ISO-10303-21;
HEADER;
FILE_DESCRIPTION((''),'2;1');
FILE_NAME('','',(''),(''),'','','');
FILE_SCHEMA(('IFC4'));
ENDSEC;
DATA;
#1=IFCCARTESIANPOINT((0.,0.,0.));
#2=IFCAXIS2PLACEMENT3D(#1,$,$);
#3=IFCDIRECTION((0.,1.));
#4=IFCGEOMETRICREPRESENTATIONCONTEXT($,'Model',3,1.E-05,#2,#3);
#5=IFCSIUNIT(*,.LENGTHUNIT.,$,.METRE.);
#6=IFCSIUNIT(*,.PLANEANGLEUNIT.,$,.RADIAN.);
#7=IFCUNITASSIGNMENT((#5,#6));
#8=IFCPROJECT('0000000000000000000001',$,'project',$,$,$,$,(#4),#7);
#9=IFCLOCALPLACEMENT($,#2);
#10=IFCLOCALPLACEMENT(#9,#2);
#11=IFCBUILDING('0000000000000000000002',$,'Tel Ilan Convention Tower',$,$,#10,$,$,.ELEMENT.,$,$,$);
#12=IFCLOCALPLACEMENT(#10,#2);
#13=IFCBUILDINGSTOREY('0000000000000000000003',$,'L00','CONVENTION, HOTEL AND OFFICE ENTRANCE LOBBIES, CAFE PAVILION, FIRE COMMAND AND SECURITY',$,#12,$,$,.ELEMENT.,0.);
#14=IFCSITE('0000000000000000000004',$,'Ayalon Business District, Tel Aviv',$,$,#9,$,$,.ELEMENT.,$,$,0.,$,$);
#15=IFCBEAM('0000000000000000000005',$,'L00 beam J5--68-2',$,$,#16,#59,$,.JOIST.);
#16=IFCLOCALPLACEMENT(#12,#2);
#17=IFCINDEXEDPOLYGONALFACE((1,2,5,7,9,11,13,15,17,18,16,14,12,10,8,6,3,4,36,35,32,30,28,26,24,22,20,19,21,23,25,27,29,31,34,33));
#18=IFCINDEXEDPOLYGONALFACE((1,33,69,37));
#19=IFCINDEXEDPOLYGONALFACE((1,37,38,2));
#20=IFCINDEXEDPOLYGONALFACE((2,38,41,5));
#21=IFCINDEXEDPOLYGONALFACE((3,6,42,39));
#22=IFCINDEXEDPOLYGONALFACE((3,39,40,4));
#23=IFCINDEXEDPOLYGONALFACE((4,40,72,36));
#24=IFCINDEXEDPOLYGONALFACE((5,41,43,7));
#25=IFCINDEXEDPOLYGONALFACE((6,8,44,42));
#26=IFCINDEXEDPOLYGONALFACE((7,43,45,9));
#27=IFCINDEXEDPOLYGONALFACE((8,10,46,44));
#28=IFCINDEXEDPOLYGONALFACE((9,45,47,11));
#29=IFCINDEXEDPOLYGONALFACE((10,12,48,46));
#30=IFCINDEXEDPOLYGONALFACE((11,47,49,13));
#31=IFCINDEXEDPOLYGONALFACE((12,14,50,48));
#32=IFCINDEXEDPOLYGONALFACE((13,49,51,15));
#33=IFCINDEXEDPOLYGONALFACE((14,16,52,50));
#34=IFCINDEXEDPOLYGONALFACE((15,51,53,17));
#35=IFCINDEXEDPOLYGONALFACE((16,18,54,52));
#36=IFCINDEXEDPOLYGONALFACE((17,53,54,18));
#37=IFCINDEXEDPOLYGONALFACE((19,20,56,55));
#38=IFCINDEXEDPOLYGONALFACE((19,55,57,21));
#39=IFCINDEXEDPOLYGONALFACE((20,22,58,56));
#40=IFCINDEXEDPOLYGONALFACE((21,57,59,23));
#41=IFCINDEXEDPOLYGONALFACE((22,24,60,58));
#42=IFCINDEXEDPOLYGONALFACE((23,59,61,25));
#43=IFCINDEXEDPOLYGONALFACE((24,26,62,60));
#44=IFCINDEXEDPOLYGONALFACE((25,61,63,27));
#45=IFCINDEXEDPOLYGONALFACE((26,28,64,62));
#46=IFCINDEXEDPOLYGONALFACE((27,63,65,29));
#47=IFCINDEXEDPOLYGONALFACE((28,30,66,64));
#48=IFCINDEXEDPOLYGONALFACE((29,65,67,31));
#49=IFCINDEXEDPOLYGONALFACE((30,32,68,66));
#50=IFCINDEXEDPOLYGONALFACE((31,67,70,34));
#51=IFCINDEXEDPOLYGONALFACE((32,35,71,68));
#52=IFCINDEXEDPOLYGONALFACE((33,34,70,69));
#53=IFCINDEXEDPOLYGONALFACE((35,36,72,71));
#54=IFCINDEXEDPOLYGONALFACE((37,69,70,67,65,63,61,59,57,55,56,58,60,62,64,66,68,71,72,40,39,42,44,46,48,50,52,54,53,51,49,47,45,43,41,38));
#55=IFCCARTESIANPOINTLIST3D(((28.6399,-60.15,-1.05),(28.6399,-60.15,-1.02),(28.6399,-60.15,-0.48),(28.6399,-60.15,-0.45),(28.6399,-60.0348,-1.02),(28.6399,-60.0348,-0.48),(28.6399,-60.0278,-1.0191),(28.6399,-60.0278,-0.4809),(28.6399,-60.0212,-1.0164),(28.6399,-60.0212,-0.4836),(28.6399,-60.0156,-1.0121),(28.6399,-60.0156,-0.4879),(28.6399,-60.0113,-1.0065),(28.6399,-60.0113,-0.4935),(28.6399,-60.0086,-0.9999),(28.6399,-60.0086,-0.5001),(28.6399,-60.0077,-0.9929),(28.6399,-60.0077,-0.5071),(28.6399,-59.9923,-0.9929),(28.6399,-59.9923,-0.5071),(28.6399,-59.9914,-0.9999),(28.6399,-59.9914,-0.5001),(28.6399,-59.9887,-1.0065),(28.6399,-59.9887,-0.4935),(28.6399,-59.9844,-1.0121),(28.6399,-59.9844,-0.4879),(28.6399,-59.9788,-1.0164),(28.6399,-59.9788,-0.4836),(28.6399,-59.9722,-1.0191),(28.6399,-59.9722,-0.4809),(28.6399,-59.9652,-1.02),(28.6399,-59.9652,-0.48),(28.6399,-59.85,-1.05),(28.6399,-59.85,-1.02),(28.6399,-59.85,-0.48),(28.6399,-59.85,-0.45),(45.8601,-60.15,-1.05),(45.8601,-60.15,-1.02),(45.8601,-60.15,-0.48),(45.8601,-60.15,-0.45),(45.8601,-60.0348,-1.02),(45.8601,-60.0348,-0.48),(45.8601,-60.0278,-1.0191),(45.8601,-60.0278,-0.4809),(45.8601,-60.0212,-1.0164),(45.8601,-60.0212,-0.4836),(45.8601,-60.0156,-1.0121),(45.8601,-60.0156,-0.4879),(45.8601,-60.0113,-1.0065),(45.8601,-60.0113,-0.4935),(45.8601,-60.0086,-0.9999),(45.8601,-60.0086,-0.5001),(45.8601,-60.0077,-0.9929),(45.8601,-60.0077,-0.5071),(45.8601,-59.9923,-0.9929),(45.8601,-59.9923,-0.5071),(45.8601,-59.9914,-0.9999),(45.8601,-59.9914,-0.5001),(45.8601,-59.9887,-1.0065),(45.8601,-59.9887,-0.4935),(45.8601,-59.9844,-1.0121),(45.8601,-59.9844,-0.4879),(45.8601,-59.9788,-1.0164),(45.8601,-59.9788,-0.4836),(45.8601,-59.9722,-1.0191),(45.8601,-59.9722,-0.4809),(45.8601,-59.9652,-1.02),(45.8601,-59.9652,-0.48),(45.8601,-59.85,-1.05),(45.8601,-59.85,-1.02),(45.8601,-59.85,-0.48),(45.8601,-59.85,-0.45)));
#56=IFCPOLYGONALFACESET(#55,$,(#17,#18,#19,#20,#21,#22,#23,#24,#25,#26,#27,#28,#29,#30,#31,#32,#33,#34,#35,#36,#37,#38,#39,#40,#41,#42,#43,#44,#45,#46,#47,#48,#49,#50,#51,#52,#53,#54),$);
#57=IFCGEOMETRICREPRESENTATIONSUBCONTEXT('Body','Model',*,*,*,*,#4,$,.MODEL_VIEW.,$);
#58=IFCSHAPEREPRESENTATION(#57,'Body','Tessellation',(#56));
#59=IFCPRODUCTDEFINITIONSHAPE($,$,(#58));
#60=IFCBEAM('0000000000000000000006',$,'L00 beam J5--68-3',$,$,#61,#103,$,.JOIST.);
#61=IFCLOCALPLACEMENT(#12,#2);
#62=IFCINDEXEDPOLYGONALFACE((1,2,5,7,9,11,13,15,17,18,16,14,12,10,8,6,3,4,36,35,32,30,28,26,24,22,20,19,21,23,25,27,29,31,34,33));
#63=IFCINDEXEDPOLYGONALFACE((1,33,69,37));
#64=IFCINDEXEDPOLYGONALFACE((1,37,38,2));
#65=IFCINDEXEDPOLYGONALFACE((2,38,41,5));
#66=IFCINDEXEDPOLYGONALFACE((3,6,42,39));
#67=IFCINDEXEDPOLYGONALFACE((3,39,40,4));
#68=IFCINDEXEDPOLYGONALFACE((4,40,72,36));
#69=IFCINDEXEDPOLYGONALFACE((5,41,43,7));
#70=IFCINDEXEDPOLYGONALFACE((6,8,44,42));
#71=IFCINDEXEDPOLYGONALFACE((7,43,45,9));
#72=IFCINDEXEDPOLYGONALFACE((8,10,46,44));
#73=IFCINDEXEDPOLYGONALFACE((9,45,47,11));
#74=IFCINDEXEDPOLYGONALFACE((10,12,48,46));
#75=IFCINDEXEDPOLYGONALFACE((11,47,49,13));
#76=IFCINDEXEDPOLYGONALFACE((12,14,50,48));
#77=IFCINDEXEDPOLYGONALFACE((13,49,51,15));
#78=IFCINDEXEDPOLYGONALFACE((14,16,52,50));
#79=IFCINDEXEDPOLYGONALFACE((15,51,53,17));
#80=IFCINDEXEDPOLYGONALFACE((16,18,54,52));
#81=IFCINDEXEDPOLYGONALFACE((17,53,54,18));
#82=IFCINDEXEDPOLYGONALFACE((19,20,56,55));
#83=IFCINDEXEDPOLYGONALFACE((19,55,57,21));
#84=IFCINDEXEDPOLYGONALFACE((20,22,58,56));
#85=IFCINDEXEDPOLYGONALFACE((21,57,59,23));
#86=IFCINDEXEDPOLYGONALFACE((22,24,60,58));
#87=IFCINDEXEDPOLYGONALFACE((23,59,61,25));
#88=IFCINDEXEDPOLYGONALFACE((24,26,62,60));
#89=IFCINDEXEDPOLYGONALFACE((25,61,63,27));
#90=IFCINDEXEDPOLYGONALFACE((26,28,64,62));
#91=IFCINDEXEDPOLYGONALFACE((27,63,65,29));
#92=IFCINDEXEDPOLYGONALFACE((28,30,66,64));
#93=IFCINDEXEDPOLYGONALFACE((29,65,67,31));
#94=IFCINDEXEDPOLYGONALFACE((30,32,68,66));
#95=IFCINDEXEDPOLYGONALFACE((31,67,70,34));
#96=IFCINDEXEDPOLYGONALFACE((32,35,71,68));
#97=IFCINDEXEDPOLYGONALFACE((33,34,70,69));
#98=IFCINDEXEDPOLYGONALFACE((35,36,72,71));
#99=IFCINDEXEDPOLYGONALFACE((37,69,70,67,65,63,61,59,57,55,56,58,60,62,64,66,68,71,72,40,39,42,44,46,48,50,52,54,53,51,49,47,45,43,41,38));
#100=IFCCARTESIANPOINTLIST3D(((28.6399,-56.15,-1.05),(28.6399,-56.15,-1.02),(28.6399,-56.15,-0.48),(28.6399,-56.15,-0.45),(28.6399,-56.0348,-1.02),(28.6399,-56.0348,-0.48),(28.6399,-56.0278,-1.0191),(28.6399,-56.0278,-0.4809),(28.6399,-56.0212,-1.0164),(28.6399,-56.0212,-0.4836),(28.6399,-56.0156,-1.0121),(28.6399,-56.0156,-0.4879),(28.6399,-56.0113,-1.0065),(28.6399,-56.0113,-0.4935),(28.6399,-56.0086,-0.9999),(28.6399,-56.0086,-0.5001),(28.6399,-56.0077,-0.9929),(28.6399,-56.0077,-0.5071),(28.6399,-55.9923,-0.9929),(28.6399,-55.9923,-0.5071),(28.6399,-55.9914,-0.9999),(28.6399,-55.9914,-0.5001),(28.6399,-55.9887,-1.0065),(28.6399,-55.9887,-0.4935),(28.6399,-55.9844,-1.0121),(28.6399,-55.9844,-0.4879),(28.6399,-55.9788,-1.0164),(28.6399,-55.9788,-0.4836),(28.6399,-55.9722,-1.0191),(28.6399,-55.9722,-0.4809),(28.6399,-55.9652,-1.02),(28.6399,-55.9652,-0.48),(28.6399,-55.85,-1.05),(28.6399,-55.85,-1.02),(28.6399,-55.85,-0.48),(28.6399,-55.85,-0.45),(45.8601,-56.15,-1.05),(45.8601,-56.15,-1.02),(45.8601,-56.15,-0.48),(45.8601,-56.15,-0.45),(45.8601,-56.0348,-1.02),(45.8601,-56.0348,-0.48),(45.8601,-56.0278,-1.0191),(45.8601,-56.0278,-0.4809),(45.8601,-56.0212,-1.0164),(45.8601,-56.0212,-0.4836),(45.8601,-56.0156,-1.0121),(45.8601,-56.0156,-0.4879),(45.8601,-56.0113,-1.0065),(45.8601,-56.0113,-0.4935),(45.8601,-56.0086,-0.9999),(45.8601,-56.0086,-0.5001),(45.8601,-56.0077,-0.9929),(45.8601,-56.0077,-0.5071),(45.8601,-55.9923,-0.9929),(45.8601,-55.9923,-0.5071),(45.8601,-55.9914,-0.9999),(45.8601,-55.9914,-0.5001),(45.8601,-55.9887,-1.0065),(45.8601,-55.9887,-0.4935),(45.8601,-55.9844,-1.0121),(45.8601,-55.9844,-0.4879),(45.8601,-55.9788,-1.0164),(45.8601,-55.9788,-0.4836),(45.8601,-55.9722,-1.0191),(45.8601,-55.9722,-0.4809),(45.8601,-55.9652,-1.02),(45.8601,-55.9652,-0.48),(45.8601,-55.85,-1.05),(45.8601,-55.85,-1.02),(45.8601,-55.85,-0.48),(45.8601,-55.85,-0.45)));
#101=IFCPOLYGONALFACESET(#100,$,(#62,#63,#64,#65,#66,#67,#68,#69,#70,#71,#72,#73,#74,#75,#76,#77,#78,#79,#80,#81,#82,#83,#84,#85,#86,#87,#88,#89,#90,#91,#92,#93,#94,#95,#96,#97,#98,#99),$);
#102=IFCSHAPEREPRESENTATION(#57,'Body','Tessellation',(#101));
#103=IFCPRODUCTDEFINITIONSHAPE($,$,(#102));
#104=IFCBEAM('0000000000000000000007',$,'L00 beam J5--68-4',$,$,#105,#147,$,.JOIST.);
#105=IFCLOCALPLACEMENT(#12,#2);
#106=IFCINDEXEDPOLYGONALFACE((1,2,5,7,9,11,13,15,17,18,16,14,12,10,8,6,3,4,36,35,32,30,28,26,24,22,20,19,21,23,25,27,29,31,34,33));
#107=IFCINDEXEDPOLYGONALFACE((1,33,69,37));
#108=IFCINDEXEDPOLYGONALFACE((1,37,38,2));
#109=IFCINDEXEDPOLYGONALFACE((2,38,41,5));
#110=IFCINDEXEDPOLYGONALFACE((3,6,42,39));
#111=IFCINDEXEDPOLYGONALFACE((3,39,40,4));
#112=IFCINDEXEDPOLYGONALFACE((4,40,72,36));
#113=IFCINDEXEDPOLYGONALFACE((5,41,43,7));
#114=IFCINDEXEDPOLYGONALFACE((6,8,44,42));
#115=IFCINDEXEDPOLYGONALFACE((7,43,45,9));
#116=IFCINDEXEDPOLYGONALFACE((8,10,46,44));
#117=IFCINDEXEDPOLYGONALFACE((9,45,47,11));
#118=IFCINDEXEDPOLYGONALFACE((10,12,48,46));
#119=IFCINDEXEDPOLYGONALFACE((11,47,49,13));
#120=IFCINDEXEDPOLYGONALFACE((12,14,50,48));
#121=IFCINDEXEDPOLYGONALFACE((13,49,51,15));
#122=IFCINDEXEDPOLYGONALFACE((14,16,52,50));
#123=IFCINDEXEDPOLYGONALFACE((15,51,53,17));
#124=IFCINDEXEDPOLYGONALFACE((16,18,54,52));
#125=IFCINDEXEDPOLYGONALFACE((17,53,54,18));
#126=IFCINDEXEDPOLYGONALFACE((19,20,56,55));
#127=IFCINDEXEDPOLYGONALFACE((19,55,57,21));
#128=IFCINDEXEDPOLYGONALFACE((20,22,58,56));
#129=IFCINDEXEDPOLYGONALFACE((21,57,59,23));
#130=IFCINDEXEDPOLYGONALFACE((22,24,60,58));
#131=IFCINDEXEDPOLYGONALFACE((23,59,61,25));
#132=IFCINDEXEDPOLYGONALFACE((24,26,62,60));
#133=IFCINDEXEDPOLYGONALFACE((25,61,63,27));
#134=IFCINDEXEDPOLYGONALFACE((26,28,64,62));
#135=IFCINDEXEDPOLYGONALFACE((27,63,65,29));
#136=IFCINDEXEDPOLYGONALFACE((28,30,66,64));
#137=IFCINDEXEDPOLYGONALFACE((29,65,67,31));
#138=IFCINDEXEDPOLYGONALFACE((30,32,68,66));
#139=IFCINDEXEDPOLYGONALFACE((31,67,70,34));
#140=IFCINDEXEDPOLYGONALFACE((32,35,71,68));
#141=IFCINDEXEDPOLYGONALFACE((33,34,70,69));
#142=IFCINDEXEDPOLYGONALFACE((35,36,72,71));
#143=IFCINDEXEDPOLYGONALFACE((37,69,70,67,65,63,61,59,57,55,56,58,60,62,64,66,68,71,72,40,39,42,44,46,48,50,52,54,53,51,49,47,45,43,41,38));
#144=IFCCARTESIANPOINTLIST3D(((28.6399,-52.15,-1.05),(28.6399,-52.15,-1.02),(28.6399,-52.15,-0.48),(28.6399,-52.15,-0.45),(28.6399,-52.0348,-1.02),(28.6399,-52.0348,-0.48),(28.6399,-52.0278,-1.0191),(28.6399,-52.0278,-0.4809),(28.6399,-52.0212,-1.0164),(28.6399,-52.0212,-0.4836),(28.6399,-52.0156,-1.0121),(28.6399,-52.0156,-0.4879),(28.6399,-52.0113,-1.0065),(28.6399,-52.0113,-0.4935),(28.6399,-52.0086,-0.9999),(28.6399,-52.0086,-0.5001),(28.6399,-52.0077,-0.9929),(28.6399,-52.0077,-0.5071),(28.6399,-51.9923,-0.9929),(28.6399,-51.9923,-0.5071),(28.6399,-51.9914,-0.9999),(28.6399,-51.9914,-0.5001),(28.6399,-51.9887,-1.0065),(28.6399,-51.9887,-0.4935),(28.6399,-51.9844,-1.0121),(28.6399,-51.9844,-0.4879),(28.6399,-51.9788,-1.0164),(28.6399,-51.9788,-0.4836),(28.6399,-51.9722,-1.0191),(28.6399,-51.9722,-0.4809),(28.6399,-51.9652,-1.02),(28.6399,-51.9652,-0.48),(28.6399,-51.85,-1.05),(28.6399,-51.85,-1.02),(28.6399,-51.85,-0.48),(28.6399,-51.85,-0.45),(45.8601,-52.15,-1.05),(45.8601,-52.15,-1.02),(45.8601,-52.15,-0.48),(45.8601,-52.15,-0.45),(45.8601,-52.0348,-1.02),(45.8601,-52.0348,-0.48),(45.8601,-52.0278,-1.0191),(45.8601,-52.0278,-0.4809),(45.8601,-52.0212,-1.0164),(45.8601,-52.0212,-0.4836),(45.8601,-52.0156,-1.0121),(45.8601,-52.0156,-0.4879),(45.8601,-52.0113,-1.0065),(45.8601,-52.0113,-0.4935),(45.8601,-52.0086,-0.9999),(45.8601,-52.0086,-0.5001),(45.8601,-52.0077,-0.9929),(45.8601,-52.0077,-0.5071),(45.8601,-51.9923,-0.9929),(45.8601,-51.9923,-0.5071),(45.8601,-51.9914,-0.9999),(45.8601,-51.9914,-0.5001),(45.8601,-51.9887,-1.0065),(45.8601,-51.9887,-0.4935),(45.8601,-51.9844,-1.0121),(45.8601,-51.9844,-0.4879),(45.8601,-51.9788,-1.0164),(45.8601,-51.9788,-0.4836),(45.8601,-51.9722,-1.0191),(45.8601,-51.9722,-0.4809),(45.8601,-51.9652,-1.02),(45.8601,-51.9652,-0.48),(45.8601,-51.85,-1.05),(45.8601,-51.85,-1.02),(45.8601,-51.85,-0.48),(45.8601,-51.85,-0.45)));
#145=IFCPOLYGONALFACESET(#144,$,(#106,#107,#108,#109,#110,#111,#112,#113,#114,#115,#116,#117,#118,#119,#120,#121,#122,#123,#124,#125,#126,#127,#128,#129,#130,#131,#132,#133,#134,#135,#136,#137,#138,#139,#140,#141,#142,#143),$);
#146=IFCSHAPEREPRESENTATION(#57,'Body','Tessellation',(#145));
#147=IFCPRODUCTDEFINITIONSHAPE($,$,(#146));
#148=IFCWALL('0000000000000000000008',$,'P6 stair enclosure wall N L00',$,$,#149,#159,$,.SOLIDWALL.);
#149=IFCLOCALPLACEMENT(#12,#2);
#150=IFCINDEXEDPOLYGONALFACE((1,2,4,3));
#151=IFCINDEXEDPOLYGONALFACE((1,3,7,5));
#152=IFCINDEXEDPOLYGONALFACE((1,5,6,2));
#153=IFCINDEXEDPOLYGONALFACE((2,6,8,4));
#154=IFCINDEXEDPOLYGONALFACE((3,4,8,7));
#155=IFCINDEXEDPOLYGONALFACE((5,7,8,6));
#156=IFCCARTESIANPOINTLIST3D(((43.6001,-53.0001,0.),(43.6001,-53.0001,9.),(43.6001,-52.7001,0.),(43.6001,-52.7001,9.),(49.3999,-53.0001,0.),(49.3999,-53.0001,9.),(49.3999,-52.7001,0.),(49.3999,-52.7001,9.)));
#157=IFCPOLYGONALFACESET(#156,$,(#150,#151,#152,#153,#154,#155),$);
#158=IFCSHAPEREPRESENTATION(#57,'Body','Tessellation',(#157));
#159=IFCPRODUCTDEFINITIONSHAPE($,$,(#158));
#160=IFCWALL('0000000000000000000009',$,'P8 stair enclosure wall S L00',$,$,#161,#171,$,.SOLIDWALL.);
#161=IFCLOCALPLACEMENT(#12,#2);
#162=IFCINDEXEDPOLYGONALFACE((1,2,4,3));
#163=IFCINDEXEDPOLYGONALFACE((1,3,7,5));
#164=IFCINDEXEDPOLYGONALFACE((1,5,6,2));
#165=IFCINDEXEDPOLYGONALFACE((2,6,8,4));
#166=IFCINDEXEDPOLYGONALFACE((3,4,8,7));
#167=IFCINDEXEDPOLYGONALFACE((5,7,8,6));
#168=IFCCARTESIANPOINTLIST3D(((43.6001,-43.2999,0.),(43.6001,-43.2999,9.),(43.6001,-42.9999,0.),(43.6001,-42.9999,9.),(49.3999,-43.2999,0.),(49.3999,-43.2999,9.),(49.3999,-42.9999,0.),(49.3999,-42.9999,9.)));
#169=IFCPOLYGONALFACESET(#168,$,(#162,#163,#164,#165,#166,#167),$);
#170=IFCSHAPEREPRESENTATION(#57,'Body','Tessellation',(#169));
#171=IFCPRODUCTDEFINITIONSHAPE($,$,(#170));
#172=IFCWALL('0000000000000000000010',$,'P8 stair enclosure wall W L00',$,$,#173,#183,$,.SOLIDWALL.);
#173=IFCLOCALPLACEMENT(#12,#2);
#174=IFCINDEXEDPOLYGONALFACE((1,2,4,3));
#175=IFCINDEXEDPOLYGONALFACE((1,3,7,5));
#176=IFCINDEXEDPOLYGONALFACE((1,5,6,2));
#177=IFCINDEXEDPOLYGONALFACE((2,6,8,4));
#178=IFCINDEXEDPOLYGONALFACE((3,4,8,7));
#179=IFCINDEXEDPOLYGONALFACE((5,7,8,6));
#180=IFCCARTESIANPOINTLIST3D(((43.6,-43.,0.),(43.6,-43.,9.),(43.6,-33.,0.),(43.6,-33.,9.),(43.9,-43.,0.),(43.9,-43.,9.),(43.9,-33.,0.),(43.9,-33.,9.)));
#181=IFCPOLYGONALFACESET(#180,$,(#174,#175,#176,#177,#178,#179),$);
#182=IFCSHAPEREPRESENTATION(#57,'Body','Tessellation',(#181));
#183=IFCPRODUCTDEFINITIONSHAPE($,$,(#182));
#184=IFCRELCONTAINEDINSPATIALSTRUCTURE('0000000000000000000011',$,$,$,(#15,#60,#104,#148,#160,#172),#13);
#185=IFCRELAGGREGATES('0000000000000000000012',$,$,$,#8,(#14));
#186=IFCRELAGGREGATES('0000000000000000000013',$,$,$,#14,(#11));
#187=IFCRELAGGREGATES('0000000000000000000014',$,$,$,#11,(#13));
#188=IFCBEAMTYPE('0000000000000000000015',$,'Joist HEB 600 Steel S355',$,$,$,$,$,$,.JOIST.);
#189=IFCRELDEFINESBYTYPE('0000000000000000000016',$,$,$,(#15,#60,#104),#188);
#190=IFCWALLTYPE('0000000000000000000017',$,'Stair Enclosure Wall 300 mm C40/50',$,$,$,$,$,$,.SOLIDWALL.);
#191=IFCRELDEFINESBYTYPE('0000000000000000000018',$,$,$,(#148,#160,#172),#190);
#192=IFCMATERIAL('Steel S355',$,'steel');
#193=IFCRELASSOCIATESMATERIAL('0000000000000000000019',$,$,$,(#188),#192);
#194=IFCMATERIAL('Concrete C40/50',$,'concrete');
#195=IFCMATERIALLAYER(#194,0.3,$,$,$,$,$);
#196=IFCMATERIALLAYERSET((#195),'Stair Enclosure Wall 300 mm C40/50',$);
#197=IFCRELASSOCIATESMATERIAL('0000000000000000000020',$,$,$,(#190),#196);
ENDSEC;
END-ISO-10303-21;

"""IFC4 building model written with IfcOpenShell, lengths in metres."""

from ifc_helpers import new_model, si_unit, direction, frame, frame_2d, origin, origin_2d, place, context, subcontext, project, spatial, rectangle, i_section, extrude, material, layer, layer_set, material_profile, profile_set, type_object, element, save


model = new_model("IFC4")

# Units and contexts
model_context = context("Model", 3, precision=1e-05, world=origin(), true_north=direction((0.0, 1.0)))
body_context = subcontext(model_context, "Body", "Model", "MODEL_VIEW")
ifc_project = project(units=[si_unit("LENGTHUNIT", "METRE"), si_unit("PLANEANGLEUNIT", "RADIAN")], contexts=[model_context])

# Site, building, storey
site_placement = place(None, origin())
site = spatial("IfcSite", under=ifc_project, at=site_placement, Name="Ayalon Business District, Tel Aviv", CompositionType="ELEMENT", RefElevation=0.0)
building_placement = place(site_placement, origin())
building = spatial("IfcBuilding", under=site, at=building_placement, Name="Tel Ilan Convention Tower", CompositionType="ELEMENT")
storey_placement = place(building_placement, origin())
storey = spatial("IfcBuildingStorey", under=building, at=storey_placement, Name="L00", Description="CONVENTION, HOTEL AND OFFICE ENTRANCE LOBBIES, CAFE PAVILION, FIRE COMMAND AND SECURITY", CompositionType="ELEMENT", Elevation=0.0)

# Beams
ifc_material_1 = material(Name="Steel S355", Category="steel")
ifc_material_profile_1 = material_profile(ifc_material_1, i_section(OverallWidth=0.3, OverallDepth=0.6001, WebThickness=0.0154, FlangeThickness=0.03, FilletRadius=0.0271, at=origin_2d()), Name="HEB 600")
ifc_profile_set_1 = profile_set([ifc_material_profile_1], Name="Steel S355")
beam_type_1 = type_object("IfcBeamType", Name="Joist HEB 600 Steel S355", PredefinedType="JOIST", material=ifc_profile_set_1)
for number, where, z_axis, x_axis, name in (
    (1, (28.6399, -60.0, -0.75), (1.0, 0.0, 0.0), (0.0, 1.0, 0.0), "L00 beam J5--68-2"),
    (2, (28.6399, -56.0, -0.75), (1.0, 0.0, 0.0), (0.0, 1.0, 0.0), "L00 beam J5--68-3"),
    (3, (28.6399, -52.0, -0.75), (1.0, 0.0, 0.0), (0.0, 1.0, 0.0), "L00 beam J5--68-4"),
):
    element("IfcBeam", number, at=place(storey_placement, frame(where, z_axis=z_axis, x_axis=x_axis)), inside=storey, type_object=beam_type_1, Name=name, PredefinedType="JOIST", context=body_context, shape_type="SweptSolid", body=[
        extrude(i_section(OverallWidth=0.3, OverallDepth=0.6001, WebThickness=0.0154, FlangeThickness=0.03, FilletRadius=0.0271, at=origin_2d()), origin(), (0.0, 0.0, 1.0), 17.2202),
    ])

# Walls
ifc_material_2 = material(Name="Concrete C40/50", Category="concrete")
ifc_layer_1 = layer(ifc_material_2, 0.3)
ifc_layer_set_1 = layer_set([ifc_layer_1], Name="Stair Enclosure Wall 300 mm C40/50")
wall_type_1 = type_object("IfcWallType", Name="Stair Enclosure Wall 300 mm C40/50", PredefinedType="SOLIDWALL", material=ifc_layer_set_1)
for number, where, z_axis, x_axis, name in (
    (4, (43.6001, -52.8501, 0.0), (0.0, 0.0, 1.0), (1.0, 0.0, 0.0), "P6 stair enclosure wall N L00"),
    (5, (43.6001, -43.1499, 0.0), (0.0, 0.0, 1.0), (1.0, 0.0, 0.0), "P8 stair enclosure wall S L00"),
):
    element("IfcWall", number, at=place(storey_placement, frame(where, z_axis=z_axis, x_axis=x_axis)), inside=storey, type_object=wall_type_1, Name=name, PredefinedType="SOLIDWALL", context=body_context, shape_type="SweptSolid", body=[
        extrude(rectangle(XDim=5.7998, YDim=0.3, at=frame_2d((2.8999, 0.0))), origin(), (0.0, 0.0, 1.0), 9.0),
    ])
wall_1_placement = place(storey_placement, frame((43.75, -43.0, 0.0), z_axis=(0.0, 0.0, 1.0), x_axis=(0.0, 1.0, 0.0)))
element("IfcWall", 6, at=wall_1_placement, inside=storey, type_object=wall_type_1, Name="P8 stair enclosure wall W L00", PredefinedType="SOLIDWALL", context=body_context, shape_type="SweptSolid", body=[
    extrude(rectangle(XDim=10.0, YDim=0.3, at=frame_2d((5.0, 0.0))), origin(), (0.0, 0.0, 1.0), 9.0),
])

save(model, "model.ifc")
